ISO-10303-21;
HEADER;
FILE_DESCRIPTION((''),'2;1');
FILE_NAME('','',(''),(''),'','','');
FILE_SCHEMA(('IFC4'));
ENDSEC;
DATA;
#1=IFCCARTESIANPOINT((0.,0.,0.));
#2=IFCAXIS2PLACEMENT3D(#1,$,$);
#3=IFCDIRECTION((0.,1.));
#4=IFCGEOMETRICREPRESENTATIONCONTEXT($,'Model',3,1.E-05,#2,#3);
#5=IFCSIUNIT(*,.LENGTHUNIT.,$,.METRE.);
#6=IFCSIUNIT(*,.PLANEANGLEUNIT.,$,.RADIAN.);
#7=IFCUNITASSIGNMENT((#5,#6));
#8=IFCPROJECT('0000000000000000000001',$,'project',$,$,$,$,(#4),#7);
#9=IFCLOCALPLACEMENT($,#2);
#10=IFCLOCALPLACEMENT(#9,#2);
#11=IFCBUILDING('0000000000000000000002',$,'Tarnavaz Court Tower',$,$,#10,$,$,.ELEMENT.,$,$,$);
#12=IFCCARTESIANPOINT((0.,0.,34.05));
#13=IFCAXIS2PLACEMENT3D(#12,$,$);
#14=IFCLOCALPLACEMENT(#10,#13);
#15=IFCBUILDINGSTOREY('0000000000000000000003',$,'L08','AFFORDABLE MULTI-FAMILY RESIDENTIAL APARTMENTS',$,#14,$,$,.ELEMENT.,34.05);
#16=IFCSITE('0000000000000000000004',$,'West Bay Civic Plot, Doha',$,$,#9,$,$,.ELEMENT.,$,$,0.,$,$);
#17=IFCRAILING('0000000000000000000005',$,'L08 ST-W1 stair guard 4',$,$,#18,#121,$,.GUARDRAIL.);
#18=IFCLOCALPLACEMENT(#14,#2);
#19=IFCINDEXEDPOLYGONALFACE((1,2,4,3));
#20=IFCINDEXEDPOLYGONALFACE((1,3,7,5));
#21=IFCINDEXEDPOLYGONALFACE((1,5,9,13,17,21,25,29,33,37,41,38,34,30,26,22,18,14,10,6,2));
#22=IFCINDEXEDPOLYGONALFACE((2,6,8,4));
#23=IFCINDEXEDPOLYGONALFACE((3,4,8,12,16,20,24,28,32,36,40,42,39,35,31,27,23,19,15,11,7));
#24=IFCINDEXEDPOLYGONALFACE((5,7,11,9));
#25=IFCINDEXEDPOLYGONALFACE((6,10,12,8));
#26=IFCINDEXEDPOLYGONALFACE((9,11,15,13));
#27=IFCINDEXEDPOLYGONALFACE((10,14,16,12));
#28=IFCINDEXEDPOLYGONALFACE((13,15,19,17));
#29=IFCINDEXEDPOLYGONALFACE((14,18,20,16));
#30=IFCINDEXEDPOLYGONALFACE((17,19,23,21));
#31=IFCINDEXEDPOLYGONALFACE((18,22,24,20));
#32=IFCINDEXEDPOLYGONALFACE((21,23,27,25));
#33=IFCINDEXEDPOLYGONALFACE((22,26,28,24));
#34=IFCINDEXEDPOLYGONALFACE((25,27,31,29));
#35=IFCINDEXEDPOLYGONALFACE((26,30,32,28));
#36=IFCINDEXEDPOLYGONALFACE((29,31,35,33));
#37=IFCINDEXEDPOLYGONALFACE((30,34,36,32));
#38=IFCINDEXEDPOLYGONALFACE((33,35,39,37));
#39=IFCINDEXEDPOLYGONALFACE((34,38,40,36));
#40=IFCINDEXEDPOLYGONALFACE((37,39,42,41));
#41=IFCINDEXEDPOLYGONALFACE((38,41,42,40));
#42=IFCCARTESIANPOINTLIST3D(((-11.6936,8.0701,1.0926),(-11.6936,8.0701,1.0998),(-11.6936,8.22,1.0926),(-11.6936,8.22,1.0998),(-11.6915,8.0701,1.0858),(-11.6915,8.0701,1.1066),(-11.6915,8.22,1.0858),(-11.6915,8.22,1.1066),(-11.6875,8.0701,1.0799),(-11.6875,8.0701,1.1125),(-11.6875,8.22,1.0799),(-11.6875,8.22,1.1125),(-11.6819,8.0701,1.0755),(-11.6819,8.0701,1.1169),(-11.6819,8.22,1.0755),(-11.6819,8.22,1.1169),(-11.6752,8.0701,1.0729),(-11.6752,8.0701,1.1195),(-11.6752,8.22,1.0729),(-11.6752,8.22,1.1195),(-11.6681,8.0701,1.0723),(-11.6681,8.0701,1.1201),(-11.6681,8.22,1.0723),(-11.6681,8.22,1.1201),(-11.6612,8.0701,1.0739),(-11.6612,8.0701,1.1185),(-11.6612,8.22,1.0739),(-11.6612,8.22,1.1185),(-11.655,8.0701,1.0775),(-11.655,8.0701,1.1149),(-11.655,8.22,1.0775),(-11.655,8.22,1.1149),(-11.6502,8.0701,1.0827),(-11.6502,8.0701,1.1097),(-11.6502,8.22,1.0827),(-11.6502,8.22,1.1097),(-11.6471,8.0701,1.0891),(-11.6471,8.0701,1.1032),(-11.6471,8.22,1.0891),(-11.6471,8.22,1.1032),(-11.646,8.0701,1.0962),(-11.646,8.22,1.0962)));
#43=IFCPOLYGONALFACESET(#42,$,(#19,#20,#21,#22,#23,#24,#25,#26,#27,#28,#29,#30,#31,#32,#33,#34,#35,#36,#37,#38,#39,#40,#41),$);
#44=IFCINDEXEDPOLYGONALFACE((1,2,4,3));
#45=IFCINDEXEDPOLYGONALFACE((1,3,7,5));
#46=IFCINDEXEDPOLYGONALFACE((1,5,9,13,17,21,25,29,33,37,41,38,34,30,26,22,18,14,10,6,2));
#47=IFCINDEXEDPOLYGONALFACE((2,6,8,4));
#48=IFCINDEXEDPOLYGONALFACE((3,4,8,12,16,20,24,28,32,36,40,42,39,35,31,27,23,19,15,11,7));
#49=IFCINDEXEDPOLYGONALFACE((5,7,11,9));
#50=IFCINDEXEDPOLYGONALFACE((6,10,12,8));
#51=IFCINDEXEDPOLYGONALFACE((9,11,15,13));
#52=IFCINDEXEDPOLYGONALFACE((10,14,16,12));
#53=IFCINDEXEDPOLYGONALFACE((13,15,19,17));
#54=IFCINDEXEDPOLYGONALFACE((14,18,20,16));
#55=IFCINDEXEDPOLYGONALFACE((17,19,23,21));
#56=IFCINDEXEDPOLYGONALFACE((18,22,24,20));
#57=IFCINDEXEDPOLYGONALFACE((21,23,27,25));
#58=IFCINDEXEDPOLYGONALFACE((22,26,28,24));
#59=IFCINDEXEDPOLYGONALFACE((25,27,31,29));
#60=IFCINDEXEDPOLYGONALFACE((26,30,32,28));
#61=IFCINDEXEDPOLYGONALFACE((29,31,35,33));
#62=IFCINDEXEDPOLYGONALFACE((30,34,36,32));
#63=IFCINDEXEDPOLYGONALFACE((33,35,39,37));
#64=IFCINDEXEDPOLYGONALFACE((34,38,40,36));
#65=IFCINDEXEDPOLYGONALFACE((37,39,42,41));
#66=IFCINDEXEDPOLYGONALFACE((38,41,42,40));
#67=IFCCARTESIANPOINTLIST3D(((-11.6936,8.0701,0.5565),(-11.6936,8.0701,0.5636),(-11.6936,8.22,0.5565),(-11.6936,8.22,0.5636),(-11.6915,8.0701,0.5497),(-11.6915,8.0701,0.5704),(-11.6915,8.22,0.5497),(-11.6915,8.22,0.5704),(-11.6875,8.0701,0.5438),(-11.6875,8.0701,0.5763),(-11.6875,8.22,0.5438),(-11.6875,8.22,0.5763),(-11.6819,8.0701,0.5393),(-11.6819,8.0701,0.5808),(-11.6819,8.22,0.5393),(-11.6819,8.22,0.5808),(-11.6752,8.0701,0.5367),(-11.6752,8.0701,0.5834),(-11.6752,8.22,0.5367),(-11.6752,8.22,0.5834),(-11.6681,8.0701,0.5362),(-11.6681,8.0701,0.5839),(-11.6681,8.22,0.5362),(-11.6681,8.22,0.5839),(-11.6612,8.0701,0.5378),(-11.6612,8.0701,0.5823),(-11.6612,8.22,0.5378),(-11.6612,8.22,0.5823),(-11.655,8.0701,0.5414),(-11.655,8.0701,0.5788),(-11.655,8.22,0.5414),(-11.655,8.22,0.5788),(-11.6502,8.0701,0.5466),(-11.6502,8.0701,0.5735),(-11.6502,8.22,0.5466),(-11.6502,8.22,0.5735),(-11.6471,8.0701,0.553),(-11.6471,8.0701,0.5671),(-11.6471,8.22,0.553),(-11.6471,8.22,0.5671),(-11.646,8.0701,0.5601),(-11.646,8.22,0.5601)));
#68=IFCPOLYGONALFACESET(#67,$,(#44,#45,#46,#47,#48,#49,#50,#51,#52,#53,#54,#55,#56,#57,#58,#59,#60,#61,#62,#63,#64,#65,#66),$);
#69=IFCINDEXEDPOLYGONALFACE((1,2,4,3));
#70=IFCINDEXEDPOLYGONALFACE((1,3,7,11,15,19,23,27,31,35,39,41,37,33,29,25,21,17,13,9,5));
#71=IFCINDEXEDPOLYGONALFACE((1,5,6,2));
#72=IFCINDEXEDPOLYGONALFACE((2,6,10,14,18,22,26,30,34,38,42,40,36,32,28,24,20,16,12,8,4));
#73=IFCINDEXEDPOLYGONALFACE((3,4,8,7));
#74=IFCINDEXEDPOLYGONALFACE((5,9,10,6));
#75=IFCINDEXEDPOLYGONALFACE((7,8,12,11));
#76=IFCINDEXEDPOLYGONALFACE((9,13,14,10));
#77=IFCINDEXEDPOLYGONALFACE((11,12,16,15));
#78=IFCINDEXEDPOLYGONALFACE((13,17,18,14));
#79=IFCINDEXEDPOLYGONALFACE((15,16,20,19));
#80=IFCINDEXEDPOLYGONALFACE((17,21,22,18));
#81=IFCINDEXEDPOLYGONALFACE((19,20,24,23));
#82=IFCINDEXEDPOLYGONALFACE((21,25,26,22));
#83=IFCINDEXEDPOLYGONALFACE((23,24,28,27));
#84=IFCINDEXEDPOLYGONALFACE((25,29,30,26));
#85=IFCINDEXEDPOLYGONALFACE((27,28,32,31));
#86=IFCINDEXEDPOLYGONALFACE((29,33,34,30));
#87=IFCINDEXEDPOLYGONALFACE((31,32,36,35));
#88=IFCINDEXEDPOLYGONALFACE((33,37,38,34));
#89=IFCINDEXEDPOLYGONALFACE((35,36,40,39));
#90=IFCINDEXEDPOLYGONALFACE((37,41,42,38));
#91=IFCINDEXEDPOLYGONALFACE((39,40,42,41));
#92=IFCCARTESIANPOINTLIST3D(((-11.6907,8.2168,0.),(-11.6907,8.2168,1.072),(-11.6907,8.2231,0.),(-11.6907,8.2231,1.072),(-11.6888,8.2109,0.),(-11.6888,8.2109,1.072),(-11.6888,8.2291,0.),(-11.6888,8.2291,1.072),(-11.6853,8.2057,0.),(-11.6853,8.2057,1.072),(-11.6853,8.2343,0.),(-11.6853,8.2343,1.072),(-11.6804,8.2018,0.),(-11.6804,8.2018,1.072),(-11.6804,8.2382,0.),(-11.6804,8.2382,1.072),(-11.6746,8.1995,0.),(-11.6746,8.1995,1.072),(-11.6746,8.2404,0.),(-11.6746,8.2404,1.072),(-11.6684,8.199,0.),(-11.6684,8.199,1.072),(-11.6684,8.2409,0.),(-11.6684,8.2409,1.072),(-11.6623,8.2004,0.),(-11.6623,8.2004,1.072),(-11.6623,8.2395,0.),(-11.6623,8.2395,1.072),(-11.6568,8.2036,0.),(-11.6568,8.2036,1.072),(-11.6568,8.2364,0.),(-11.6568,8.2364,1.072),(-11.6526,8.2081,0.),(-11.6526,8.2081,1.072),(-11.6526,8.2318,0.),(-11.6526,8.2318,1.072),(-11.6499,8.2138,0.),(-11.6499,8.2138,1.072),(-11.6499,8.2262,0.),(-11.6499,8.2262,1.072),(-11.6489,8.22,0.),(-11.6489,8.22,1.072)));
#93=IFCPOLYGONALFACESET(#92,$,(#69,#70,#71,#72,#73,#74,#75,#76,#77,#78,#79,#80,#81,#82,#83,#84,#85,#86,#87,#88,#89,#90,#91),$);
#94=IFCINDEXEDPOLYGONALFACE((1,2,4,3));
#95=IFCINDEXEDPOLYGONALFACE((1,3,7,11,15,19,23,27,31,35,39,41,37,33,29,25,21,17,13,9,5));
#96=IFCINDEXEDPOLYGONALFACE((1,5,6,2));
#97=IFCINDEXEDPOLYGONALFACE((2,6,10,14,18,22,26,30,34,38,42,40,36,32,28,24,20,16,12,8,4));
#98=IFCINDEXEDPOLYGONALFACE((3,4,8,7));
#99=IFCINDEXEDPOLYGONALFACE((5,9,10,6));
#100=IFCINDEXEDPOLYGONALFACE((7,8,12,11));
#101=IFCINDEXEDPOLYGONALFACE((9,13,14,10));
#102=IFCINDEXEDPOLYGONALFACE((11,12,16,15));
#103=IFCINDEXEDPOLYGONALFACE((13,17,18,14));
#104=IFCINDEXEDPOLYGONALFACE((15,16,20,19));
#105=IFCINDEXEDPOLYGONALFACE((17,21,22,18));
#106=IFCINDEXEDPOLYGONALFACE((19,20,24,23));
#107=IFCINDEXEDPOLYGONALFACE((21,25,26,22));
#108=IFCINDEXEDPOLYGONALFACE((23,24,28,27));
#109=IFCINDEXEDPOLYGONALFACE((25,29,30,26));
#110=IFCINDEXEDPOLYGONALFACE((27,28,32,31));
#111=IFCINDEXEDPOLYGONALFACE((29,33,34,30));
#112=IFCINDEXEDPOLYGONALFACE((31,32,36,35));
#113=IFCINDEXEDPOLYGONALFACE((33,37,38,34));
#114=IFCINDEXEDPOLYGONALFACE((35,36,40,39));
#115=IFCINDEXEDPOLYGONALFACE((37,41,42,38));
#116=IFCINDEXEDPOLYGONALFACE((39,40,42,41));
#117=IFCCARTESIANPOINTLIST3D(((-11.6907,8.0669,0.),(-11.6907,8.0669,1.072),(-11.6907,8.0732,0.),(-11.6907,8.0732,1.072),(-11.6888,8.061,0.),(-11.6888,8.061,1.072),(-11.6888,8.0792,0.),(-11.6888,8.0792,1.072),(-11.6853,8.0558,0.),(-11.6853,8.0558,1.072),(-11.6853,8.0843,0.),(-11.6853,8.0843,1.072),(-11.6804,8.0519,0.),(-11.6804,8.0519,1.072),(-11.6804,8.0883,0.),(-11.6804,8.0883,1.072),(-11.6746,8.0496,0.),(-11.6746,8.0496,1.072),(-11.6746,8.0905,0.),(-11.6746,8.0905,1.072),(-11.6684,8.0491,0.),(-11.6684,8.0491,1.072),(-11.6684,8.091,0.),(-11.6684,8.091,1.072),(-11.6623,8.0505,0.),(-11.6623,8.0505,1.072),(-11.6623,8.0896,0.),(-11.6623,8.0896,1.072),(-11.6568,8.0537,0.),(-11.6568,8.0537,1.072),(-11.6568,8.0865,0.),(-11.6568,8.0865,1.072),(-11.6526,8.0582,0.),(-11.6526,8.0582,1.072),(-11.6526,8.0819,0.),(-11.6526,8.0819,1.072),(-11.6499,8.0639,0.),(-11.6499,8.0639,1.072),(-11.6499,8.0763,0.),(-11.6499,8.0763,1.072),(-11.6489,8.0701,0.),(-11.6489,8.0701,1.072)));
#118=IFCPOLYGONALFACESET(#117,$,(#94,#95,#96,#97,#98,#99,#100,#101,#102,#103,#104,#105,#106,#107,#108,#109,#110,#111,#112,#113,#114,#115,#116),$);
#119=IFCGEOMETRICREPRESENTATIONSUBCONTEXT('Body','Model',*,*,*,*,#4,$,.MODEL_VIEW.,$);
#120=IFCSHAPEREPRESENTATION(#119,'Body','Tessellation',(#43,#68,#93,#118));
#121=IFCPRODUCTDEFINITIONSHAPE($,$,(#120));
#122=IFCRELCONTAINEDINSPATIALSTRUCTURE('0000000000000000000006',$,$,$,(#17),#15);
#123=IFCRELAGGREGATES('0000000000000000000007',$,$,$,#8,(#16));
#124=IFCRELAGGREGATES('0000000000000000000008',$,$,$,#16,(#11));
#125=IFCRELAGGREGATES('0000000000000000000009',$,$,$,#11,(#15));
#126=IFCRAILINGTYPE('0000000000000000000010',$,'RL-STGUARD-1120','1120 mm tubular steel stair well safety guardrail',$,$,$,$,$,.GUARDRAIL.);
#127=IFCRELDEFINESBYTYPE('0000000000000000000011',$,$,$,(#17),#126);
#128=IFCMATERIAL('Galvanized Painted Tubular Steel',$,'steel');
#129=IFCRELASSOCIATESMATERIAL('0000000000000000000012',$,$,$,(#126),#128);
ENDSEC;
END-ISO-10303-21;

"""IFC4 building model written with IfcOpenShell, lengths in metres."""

from ifc_helpers import new_model, si_unit, direction, frame, origin, origin_2d, place, context, subcontext, project, spatial, circle, extrude, material, type_object, element, save


model = new_model("IFC4")

# Units and contexts
model_context = context("Model", 3, precision=1e-05, world=origin(), true_north=direction((0.0, 1.0)))
body_context = subcontext(model_context, "Body", "Model", "MODEL_VIEW")
ifc_project = project(units=[si_unit("LENGTHUNIT", "METRE"), si_unit("PLANEANGLEUNIT", "RADIAN")], contexts=[model_context])

# Site, building, storey
site_placement = place(None, origin())
site = spatial("IfcSite", under=ifc_project, at=site_placement, Name="West Bay Civic Plot, Doha", CompositionType="ELEMENT", RefElevation=0.0)
building_placement = place(site_placement, origin())
building = spatial("IfcBuilding", under=site, at=building_placement, Name="Tarnavaz Court Tower", CompositionType="ELEMENT")
storey_placement = place(building_placement, frame((0.0, 0.0, 34.05)))
storey = spatial("IfcBuildingStorey", under=building, at=storey_placement, Name="L08", Description="AFFORDABLE MULTI-FAMILY RESIDENTIAL APARTMENTS", CompositionType="ELEMENT", Elevation=34.05)

# Railing
ifc_material_1 = material(Name="Galvanized Painted Tubular Steel", Category="steel")
railing_type_1 = type_object("IfcRailingType", Name="RL-STGUARD-1120", Description="1120 mm tubular steel stair well safety guardrail", PredefinedType="GUARDRAIL", material=ifc_material_1)
railing_1_placement = place(storey_placement, frame((-11.6699, 8.22, 0.0)))
element("IfcRailing", 1, at=railing_1_placement, inside=storey, type_object=railing_type_1, Name="L08 ST-W1 stair guard 4", PredefinedType="GUARDRAIL", context=body_context, shape_type="SweptSolid", body=[
    extrude(circle(Radius=0.0239, at=origin_2d()), frame((0.0, 0.0, 1.0962), z_axis=(0.0, -1.0, 0.0), x_axis=(1.0, 0.0, 0.0)), (0.0, 0.0, 1.0), 0.1499),
    extrude(circle(Radius=0.0239, at=origin_2d()), frame((0.0, 0.0, 0.5601), z_axis=(0.0, -1.0, 0.0), x_axis=(1.0, 0.0, 0.0)), (0.0, 0.0, 1.0), 0.1499),
    extrude(circle(Radius=0.021, at=origin_2d()), origin(), (0.0, 0.0, 1.0), 1.072),
    extrude(circle(Radius=0.021, at=origin_2d()), frame((0.0, -0.1499, 0.0)), (0.0, 0.0, 1.0), 1.072),
])

save(model, "model.ifc")
